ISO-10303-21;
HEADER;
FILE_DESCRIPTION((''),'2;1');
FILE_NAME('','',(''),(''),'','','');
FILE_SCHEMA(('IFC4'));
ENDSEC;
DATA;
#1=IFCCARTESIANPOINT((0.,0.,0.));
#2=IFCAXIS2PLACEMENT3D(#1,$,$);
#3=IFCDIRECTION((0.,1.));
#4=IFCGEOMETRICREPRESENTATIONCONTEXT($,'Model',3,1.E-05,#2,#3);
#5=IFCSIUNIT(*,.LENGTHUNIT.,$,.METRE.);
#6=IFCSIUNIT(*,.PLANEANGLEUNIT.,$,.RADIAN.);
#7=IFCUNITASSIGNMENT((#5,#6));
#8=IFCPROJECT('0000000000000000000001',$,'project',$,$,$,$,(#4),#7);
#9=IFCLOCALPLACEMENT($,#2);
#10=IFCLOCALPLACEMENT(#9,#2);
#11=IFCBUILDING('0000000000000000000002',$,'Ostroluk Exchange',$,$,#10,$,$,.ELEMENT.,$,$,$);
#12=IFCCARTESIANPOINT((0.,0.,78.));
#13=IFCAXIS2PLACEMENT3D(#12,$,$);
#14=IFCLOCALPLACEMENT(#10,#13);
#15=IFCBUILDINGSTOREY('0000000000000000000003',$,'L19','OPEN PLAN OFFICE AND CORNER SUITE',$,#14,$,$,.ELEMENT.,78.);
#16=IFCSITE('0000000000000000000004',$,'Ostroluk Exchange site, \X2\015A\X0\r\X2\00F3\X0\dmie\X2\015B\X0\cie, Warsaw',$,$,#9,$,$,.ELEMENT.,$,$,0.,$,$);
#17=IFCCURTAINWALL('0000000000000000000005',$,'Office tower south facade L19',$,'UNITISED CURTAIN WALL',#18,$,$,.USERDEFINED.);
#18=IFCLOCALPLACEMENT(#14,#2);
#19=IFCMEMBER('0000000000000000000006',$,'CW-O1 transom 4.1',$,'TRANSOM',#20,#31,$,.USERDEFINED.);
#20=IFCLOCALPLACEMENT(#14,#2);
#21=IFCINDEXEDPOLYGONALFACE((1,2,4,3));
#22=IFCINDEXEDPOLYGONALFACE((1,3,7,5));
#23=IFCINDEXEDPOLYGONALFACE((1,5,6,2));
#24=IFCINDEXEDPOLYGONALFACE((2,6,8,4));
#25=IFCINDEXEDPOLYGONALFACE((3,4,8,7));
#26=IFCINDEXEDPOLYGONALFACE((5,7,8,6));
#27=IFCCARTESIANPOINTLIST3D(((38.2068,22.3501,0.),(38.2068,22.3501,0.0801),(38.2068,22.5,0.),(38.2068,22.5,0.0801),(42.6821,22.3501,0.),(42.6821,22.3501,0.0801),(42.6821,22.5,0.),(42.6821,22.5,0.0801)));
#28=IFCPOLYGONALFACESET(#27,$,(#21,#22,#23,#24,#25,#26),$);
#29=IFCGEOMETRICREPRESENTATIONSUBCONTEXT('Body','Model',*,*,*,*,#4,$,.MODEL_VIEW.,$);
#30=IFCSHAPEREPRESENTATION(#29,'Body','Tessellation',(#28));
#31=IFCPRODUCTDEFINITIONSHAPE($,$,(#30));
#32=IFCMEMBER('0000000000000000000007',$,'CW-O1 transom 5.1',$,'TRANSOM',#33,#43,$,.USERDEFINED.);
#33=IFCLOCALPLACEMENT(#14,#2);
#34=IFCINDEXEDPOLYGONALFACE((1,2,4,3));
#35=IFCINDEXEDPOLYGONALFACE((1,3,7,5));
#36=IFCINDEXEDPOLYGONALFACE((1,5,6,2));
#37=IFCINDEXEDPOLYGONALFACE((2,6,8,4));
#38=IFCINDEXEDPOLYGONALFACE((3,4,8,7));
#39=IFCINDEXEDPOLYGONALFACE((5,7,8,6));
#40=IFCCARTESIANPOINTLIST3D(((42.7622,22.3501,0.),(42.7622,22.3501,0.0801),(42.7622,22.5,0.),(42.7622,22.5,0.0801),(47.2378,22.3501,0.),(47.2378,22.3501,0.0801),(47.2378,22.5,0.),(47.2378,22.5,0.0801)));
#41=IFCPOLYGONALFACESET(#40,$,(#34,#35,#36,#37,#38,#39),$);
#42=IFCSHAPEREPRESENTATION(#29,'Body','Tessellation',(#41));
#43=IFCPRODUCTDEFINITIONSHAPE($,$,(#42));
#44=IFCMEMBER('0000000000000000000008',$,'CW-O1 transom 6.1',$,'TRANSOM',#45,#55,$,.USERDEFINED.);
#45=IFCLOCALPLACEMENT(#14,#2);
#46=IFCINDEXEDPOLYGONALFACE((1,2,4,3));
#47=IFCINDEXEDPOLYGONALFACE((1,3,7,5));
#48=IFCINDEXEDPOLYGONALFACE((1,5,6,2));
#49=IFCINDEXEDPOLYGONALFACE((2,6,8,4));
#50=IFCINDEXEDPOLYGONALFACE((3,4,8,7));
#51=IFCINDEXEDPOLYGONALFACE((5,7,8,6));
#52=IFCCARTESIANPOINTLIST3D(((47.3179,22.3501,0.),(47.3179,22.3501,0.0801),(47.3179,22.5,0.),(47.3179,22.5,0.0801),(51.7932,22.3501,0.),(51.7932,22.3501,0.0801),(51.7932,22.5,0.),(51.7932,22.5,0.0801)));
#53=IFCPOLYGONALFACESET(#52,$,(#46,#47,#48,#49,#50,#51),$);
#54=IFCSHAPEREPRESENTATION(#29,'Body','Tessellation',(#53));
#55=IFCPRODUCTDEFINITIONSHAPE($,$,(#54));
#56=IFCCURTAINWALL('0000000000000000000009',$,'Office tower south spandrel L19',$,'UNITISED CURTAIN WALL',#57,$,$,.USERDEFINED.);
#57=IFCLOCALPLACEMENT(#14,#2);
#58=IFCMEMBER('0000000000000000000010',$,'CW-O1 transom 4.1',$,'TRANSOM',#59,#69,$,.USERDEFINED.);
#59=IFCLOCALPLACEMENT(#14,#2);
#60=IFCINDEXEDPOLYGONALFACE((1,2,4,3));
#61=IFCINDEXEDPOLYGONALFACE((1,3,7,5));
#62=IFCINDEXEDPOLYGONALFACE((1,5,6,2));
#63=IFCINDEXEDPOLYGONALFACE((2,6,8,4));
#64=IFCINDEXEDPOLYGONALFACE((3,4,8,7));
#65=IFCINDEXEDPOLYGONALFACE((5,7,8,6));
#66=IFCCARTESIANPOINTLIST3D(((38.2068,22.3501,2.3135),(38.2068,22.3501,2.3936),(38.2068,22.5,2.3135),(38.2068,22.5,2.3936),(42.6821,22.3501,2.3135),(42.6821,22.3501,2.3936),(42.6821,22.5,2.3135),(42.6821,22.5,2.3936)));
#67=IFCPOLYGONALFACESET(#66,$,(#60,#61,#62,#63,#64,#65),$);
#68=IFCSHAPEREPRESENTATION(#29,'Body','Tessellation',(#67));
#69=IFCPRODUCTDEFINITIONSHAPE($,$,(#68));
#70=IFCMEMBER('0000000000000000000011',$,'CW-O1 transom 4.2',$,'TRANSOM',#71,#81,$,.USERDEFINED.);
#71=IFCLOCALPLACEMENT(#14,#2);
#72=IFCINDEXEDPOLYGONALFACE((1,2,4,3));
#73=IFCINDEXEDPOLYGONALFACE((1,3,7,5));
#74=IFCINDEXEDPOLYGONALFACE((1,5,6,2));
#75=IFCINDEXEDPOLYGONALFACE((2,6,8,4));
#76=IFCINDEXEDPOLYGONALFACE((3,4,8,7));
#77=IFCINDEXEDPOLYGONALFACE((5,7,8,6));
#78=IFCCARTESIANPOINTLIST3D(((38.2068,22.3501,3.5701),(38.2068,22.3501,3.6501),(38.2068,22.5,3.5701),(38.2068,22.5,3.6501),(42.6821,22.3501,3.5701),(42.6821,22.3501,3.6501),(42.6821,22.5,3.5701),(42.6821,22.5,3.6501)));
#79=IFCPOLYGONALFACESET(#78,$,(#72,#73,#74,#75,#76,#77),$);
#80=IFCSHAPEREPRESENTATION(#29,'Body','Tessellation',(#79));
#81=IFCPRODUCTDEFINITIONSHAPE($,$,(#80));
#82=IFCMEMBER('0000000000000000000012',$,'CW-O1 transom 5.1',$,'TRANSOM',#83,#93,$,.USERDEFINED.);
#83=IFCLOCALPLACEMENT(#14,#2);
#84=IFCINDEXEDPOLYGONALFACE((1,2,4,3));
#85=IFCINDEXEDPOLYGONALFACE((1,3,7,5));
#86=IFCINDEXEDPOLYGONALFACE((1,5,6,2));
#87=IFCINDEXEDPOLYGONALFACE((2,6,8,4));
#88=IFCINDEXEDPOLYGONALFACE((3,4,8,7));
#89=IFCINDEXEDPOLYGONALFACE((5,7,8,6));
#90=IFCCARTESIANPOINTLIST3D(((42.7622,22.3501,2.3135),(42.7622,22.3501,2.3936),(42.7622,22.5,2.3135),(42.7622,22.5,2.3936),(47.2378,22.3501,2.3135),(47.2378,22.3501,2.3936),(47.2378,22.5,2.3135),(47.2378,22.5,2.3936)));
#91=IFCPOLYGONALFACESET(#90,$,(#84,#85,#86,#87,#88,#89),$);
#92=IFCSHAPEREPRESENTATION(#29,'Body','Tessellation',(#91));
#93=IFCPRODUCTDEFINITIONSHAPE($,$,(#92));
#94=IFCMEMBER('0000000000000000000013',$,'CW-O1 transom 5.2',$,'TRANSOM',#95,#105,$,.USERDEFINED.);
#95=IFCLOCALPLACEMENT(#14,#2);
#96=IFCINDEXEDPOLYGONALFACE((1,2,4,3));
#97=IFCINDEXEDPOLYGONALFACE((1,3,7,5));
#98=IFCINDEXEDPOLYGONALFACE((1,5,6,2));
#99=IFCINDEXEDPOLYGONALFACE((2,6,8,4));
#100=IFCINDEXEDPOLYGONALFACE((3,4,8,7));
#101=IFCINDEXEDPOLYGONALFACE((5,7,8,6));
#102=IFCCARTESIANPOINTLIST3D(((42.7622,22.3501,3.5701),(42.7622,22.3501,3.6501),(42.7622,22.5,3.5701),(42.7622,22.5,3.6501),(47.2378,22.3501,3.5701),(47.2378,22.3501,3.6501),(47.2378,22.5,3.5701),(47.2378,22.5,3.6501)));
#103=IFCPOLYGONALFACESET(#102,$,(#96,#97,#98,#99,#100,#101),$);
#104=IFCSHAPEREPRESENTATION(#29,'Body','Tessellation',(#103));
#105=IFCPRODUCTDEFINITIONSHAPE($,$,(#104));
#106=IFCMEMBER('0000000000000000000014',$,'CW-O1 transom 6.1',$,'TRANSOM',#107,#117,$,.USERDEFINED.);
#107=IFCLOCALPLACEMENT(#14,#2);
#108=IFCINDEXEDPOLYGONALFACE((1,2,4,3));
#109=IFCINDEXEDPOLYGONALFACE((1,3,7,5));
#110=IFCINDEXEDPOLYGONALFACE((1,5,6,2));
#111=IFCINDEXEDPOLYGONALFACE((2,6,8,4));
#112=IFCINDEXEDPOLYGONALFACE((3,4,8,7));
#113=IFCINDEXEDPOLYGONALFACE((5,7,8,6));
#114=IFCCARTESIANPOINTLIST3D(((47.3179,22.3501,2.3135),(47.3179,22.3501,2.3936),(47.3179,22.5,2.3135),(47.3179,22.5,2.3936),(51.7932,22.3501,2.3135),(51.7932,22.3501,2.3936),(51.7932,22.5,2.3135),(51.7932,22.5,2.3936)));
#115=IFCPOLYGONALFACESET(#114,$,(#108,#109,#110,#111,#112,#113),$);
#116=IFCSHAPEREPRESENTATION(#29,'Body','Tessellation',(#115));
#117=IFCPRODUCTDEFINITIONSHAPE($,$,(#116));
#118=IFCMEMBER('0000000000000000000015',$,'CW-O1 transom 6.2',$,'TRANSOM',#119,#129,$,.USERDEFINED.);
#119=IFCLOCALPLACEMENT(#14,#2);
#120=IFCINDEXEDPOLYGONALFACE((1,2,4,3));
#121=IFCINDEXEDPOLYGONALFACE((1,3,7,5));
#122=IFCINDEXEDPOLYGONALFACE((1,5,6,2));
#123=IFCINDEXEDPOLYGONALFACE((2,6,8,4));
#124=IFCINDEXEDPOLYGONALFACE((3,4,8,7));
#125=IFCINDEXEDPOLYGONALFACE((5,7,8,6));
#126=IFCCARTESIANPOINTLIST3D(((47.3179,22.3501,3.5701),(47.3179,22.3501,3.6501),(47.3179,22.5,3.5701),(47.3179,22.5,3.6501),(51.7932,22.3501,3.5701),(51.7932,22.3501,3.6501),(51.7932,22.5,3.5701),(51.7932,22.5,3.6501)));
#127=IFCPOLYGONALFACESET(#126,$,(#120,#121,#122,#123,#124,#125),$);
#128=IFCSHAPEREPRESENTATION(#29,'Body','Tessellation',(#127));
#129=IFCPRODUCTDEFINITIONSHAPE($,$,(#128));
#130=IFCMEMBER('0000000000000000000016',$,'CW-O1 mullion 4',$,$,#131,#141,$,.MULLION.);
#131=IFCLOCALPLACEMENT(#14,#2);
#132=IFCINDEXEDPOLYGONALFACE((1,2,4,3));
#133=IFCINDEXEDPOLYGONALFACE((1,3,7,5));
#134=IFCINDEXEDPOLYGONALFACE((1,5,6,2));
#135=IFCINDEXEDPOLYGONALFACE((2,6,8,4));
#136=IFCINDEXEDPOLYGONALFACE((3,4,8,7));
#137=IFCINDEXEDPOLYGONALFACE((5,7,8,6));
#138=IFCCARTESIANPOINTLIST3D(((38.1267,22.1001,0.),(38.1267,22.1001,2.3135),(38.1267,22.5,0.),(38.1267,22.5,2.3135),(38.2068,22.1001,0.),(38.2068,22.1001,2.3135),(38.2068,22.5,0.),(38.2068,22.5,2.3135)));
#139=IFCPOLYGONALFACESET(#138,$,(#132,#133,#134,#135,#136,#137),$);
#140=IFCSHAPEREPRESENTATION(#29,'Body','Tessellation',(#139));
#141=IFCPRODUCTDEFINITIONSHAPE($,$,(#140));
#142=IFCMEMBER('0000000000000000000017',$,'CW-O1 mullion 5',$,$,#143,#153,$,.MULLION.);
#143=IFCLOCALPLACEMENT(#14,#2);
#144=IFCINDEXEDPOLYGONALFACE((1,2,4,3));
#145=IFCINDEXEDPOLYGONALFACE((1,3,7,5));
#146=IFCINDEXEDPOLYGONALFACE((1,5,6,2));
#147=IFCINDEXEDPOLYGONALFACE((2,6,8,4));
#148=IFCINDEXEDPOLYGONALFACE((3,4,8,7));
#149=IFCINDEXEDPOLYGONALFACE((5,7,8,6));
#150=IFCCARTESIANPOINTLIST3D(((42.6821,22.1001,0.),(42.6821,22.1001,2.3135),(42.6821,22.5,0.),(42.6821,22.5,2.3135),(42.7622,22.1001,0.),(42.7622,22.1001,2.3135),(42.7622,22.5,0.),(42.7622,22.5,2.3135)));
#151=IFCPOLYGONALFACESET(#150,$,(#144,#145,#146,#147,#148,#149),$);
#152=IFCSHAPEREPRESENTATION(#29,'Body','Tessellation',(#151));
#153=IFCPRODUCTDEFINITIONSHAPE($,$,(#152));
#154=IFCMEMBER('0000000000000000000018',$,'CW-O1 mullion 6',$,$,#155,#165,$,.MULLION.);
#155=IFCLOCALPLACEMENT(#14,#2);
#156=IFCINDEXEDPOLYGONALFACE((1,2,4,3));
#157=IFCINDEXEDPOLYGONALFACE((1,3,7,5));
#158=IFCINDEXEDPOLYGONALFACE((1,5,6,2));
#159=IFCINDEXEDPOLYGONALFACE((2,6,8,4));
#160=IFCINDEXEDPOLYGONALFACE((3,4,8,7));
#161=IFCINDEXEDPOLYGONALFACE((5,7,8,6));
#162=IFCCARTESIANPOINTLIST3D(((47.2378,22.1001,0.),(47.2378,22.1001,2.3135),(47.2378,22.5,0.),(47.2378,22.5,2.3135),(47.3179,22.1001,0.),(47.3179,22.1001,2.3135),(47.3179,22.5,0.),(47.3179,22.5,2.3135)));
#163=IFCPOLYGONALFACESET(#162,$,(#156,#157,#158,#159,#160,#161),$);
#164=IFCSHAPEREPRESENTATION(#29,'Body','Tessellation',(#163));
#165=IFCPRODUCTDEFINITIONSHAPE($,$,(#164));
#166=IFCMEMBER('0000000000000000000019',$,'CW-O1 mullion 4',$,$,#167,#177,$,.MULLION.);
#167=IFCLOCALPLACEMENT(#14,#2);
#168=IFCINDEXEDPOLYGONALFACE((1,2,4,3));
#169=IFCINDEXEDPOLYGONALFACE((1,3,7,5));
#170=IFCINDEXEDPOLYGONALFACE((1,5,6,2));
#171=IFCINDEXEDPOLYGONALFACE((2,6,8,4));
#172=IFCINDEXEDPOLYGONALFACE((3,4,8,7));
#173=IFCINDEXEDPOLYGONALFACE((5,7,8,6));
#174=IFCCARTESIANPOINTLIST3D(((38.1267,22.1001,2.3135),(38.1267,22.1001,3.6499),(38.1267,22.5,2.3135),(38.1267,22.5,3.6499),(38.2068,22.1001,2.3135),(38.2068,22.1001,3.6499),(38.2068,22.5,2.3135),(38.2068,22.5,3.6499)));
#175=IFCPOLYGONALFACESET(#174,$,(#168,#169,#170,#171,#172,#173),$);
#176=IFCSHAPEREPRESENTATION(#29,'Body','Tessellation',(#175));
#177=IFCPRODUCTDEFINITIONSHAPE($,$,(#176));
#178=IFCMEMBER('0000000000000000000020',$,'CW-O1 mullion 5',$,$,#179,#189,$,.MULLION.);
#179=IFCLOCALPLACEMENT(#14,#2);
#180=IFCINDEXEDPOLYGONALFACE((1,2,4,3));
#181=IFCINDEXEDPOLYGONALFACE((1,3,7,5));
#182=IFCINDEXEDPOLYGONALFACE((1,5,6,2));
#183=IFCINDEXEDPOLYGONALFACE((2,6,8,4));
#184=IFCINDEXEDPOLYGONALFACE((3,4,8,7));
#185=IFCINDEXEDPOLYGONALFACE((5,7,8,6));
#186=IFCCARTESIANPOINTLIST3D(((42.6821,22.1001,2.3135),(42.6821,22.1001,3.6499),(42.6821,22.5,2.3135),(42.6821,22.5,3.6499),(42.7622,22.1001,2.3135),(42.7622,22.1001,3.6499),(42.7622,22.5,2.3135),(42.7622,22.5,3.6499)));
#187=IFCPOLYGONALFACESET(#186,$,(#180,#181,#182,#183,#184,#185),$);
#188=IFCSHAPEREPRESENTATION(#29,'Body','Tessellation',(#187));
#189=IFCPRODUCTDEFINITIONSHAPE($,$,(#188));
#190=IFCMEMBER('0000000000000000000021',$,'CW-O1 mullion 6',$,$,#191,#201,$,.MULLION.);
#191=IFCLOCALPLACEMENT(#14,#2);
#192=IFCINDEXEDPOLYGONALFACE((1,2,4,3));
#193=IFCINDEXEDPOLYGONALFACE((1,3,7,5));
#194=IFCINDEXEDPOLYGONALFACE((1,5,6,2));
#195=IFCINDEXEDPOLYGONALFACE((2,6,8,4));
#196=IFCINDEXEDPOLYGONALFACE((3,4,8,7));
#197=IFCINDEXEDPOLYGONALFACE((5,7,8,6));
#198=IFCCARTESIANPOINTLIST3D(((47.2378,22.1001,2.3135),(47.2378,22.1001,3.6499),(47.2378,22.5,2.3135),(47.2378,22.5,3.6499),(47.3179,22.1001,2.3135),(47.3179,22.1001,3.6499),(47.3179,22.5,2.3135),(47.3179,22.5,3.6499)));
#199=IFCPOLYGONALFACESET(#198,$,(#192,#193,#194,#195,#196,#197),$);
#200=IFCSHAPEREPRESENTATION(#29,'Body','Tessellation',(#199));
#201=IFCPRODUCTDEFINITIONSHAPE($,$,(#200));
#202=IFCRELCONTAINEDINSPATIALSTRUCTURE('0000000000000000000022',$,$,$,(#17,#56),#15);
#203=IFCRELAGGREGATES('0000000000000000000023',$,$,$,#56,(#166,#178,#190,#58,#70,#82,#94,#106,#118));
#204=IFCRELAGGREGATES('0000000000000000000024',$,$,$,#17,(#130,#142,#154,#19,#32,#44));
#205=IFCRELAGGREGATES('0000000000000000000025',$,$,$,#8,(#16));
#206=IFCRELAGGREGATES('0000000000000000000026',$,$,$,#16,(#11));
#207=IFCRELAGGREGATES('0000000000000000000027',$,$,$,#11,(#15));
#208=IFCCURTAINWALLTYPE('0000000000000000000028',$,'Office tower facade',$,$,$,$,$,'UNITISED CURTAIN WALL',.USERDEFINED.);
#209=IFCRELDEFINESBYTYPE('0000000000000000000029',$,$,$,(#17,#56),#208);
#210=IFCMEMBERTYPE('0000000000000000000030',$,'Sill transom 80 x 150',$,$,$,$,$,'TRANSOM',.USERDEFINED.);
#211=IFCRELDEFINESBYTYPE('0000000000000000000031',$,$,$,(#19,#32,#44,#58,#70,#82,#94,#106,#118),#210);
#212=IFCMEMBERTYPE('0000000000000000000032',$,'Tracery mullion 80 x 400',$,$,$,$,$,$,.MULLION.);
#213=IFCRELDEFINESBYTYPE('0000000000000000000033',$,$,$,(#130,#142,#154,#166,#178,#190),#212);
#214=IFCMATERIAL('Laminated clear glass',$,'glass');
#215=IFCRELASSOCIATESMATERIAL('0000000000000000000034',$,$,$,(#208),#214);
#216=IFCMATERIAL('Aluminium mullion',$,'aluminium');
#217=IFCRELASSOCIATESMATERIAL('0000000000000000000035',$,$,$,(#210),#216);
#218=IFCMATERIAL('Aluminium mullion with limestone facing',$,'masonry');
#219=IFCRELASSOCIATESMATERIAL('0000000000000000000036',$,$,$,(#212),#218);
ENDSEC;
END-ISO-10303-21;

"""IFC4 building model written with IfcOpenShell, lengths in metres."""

from ifc_helpers import new_model, si_unit, direction, frame, origin, origin_2d, place, context, subcontext, project, spatial, rectangle, extrude, material, material_profile, profile_set, type_object, element, aggregate, save


model = new_model("IFC4")

# Units and contexts
model_context = context("Model", 3, precision=1e-05, world=origin(), true_north=direction((0.0, 1.0)))
body_context = subcontext(model_context, "Body", "Model", "MODEL_VIEW")
ifc_project = project(units=[si_unit("LENGTHUNIT", "METRE"), si_unit("PLANEANGLEUNIT", "RADIAN")], contexts=[model_context])

# Site, building, storey
site_placement = place(None, origin())
site = spatial("IfcSite", under=ifc_project, at=site_placement, Name="Ostroluk Exchange site, Śródmieście, Warsaw", CompositionType="ELEMENT", RefElevation=0.0)
building_placement = place(site_placement, origin())
building = spatial("IfcBuilding", under=site, at=building_placement, Name="Ostroluk Exchange", CompositionType="ELEMENT")
storey_placement = place(building_placement, frame((0.0, 0.0, 78.0)))
storey = spatial("IfcBuildingStorey", under=building, at=storey_placement, Name="L19", Description="OPEN PLAN OFFICE AND CORNER SUITE", CompositionType="ELEMENT", Elevation=78.0)

# Curtain walls, members
ifc_material_1 = material(Name="Laminated clear glass", Category="glass")
curtain_wall_type = type_object("IfcCurtainWallType", Name="Office tower facade", ElementType="UNITISED CURTAIN WALL", PredefinedType="USERDEFINED", material=ifc_material_1)
curtain_wall_1_placement = place(storey_placement, origin())
curtain_wall_1 = element("IfcCurtainWall", 1, at=curtain_wall_1_placement, inside=storey, type_object=curtain_wall_type, Name="Office tower south facade L19", ObjectType="UNITISED CURTAIN WALL", PredefinedType="USERDEFINED")
ifc_material_2 = material(Name="Aluminium mullion", Category="aluminium")
ifc_material_profile_1 = material_profile(ifc_material_2, rectangle(XDim=0.1499, YDim=0.0801, at=origin_2d()), Name="Sill transom 80 x 150")
ifc_profile_set_1 = profile_set([ifc_material_profile_1], Name="Aluminium mullion")
member_type_1 = type_object("IfcMemberType", Name="Sill transom 80 x 150", ElementType="TRANSOM", PredefinedType="USERDEFINED", material=ifc_profile_set_1)
member_1_placement = place(storey_placement, frame((38.2068, 22.425, 0.04), z_axis=(1.0, 0.0, 0.0), x_axis=(0.0, 1.0, 0.0)))
member_1 = element("IfcMember", 2, at=member_1_placement, type_object=member_type_1, Name="CW-O1 transom 4.1", ObjectType="TRANSOM", PredefinedType="USERDEFINED", context=body_context, shape_type="SweptSolid", body=[
    extrude(rectangle(XDim=0.1499, YDim=0.0801, at=origin_2d()), origin(), (0.0, 0.0, 1.0), 4.4753),
])
member_2_placement = place(storey_placement, frame((42.7622, 22.425, 0.04), z_axis=(1.0, 0.0, 0.0), x_axis=(0.0, 1.0, 0.0)))
member_2 = element("IfcMember", 3, at=member_2_placement, type_object=member_type_1, Name="CW-O1 transom 5.1", ObjectType="TRANSOM", PredefinedType="USERDEFINED", context=body_context, shape_type="SweptSolid", body=[
    extrude(rectangle(XDim=0.1499, YDim=0.0801, at=origin_2d()), origin(), (0.0, 0.0, 1.0), 4.4756),
])
member_3_placement = place(storey_placement, frame((47.3179, 22.425, 0.04), z_axis=(1.0, 0.0, 0.0), x_axis=(0.0, 1.0, 0.0)))
member_3 = element("IfcMember", 4, at=member_3_placement, type_object=member_type_1, Name="CW-O1 transom 6.1", ObjectType="TRANSOM", PredefinedType="USERDEFINED", context=body_context, shape_type="SweptSolid", body=[
    extrude(rectangle(XDim=0.1499, YDim=0.0801, at=origin_2d()), origin(), (0.0, 0.0, 1.0), 4.4753),
])
curtain_wall_2_placement = place(storey_placement, origin())
curtain_wall_2 = element("IfcCurtainWall", 5, at=curtain_wall_2_placement, inside=storey, type_object=curtain_wall_type, Name="Office tower south spandrel L19", ObjectType="UNITISED CURTAIN WALL", PredefinedType="USERDEFINED")
member_4_placement = place(storey_placement, frame((38.2068, 22.425, 2.3535), z_axis=(1.0, 0.0, 0.0), x_axis=(0.0, 1.0, 0.0)))
member_4 = element("IfcMember", 6, at=member_4_placement, type_object=member_type_1, Name="CW-O1 transom 4.1", ObjectType="TRANSOM", PredefinedType="USERDEFINED", context=body_context, shape_type="SweptSolid", body=[
    extrude(rectangle(XDim=0.1499, YDim=0.0801, at=origin_2d()), origin(), (0.0, 0.0, 1.0), 4.4753),
])
member_5_placement = place(storey_placement, frame((38.2068, 22.425, 3.6101), z_axis=(1.0, 0.0, 0.0), x_axis=(0.0, 1.0, 0.0)))
member_5 = element("IfcMember", 7, at=member_5_placement, type_object=member_type_1, Name="CW-O1 transom 4.2", ObjectType="TRANSOM", PredefinedType="USERDEFINED", context=body_context, shape_type="SweptSolid", body=[
    extrude(rectangle(XDim=0.1499, YDim=0.0801, at=origin_2d()), origin(), (0.0, 0.0, 1.0), 4.4753),
])
member_6_placement = place(storey_placement, frame((42.7622, 22.425, 2.3535), z_axis=(1.0, 0.0, 0.0), x_axis=(0.0, 1.0, 0.0)))
member_6 = element("IfcMember", 8, at=member_6_placement, type_object=member_type_1, Name="CW-O1 transom 5.1", ObjectType="TRANSOM", PredefinedType="USERDEFINED", context=body_context, shape_type="SweptSolid", body=[
    extrude(rectangle(XDim=0.1499, YDim=0.0801, at=origin_2d()), origin(), (0.0, 0.0, 1.0), 4.4756),
])
member_7_placement = place(storey_placement, frame((42.7622, 22.425, 3.6101), z_axis=(1.0, 0.0, 0.0), x_axis=(0.0, 1.0, 0.0)))
member_7 = element("IfcMember", 9, at=member_7_placement, type_object=member_type_1, Name="CW-O1 transom 5.2", ObjectType="TRANSOM", PredefinedType="USERDEFINED", context=body_context, shape_type="SweptSolid", body=[
    extrude(rectangle(XDim=0.1499, YDim=0.0801, at=origin_2d()), origin(), (0.0, 0.0, 1.0), 4.4756),
])
member_8_placement = place(storey_placement, frame((47.3179, 22.425, 2.3535), z_axis=(1.0, 0.0, 0.0), x_axis=(0.0, 1.0, 0.0)))
member_8 = element("IfcMember", 10, at=member_8_placement, type_object=member_type_1, Name="CW-O1 transom 6.1", ObjectType="TRANSOM", PredefinedType="USERDEFINED", context=body_context, shape_type="SweptSolid", body=[
    extrude(rectangle(XDim=0.1499, YDim=0.0801, at=origin_2d()), origin(), (0.0, 0.0, 1.0), 4.4753),
])
member_9_placement = place(storey_placement, frame((47.3179, 22.425, 3.6101), z_axis=(1.0, 0.0, 0.0), x_axis=(0.0, 1.0, 0.0)))
member_9 = element("IfcMember", 11, at=member_9_placement, type_object=member_type_1, Name="CW-O1 transom 6.2", ObjectType="TRANSOM", PredefinedType="USERDEFINED", context=body_context, shape_type="SweptSolid", body=[
    extrude(rectangle(XDim=0.1499, YDim=0.0801, at=origin_2d()), origin(), (0.0, 0.0, 1.0), 4.4753),
])

# Members
ifc_material_3 = material(Name="Aluminium mullion with limestone facing", Category="masonry")
ifc_material_profile_2 = material_profile(ifc_material_3, rectangle(XDim=0.3999, YDim=0.0801, at=origin_2d()), Name="Tracery mullion 80 x 400")
ifc_profile_set_2 = profile_set([ifc_material_profile_2], Name="Aluminium mullion with limestone facing")
member_type_2 = type_object("IfcMemberType", Name="Tracery mullion 80 x 400", PredefinedType="MULLION", material=ifc_profile_set_2)
member_10_placement = place(storey_placement, frame((38.1667, 22.3, 0.0), z_axis=(0.0, 0.0, 1.0), x_axis=(0.0, 1.0, 0.0)))
member_10 = element("IfcMember", 12, at=member_10_placement, type_object=member_type_2, Name="CW-O1 mullion 4", PredefinedType="MULLION", context=body_context, shape_type="SweptSolid", body=[
    extrude(rectangle(XDim=0.3999, YDim=0.0801, at=origin_2d()), origin(), (0.0, 0.0, 1.0), 2.3135),
])
member_11_placement = place(storey_placement, frame((42.7222, 22.3, 0.0), z_axis=(0.0, 0.0, 1.0), x_axis=(0.0, 1.0, 0.0)))
member_11 = element("IfcMember", 13, at=member_11_placement, type_object=member_type_2, Name="CW-O1 mullion 5", PredefinedType="MULLION", context=body_context, shape_type="SweptSolid", body=[
    extrude(rectangle(XDim=0.3999, YDim=0.0801, at=origin_2d()), origin(), (0.0, 0.0, 1.0), 2.3135),
])
member_12_placement = place(storey_placement, frame((47.2778, 22.3, 0.0), z_axis=(0.0, 0.0, 1.0), x_axis=(0.0, 1.0, 0.0)))
member_12 = element("IfcMember", 14, at=member_12_placement, type_object=member_type_2, Name="CW-O1 mullion 6", PredefinedType="MULLION", context=body_context, shape_type="SweptSolid", body=[
    extrude(rectangle(XDim=0.3999, YDim=0.0801, at=origin_2d()), origin(), (0.0, 0.0, 1.0), 2.3135),
])
member_13_placement = place(storey_placement, frame((38.1667, 22.3, 2.3135), z_axis=(0.0, 0.0, 1.0), x_axis=(0.0, 1.0, 0.0)))
member_13 = element("IfcMember", 15, at=member_13_placement, type_object=member_type_2, Name="CW-O1 mullion 4", PredefinedType="MULLION", context=body_context, shape_type="SweptSolid", body=[
    extrude(rectangle(XDim=0.3999, YDim=0.0801, at=origin_2d()), origin(), (0.0, 0.0, 1.0), 1.3364),
])
member_14_placement = place(storey_placement, frame((42.7222, 22.3, 2.3135), z_axis=(0.0, 0.0, 1.0), x_axis=(0.0, 1.0, 0.0)))
member_14 = element("IfcMember", 16, at=member_14_placement, type_object=member_type_2, Name="CW-O1 mullion 5", PredefinedType="MULLION", context=body_context, shape_type="SweptSolid", body=[
    extrude(rectangle(XDim=0.3999, YDim=0.0801, at=origin_2d()), origin(), (0.0, 0.0, 1.0), 1.3364),
])
member_15_placement = place(storey_placement, frame((47.2778, 22.3, 2.3135), z_axis=(0.0, 0.0, 1.0), x_axis=(0.0, 1.0, 0.0)))
member_15 = element("IfcMember", 17, at=member_15_placement, type_object=member_type_2, Name="CW-O1 mullion 6", PredefinedType="MULLION", context=body_context, shape_type="SweptSolid", body=[
    extrude(rectangle(XDim=0.3999, YDim=0.0801, at=origin_2d()), origin(), (0.0, 0.0, 1.0), 1.3364),
])

aggregate(curtain_wall_2, [member_13, member_14, member_15, member_4, member_5, member_6, member_7, member_8, member_9])
aggregate(curtain_wall_1, [member_10, member_11, member_12, member_1, member_2, member_3])

save(model, "model.ifc")
